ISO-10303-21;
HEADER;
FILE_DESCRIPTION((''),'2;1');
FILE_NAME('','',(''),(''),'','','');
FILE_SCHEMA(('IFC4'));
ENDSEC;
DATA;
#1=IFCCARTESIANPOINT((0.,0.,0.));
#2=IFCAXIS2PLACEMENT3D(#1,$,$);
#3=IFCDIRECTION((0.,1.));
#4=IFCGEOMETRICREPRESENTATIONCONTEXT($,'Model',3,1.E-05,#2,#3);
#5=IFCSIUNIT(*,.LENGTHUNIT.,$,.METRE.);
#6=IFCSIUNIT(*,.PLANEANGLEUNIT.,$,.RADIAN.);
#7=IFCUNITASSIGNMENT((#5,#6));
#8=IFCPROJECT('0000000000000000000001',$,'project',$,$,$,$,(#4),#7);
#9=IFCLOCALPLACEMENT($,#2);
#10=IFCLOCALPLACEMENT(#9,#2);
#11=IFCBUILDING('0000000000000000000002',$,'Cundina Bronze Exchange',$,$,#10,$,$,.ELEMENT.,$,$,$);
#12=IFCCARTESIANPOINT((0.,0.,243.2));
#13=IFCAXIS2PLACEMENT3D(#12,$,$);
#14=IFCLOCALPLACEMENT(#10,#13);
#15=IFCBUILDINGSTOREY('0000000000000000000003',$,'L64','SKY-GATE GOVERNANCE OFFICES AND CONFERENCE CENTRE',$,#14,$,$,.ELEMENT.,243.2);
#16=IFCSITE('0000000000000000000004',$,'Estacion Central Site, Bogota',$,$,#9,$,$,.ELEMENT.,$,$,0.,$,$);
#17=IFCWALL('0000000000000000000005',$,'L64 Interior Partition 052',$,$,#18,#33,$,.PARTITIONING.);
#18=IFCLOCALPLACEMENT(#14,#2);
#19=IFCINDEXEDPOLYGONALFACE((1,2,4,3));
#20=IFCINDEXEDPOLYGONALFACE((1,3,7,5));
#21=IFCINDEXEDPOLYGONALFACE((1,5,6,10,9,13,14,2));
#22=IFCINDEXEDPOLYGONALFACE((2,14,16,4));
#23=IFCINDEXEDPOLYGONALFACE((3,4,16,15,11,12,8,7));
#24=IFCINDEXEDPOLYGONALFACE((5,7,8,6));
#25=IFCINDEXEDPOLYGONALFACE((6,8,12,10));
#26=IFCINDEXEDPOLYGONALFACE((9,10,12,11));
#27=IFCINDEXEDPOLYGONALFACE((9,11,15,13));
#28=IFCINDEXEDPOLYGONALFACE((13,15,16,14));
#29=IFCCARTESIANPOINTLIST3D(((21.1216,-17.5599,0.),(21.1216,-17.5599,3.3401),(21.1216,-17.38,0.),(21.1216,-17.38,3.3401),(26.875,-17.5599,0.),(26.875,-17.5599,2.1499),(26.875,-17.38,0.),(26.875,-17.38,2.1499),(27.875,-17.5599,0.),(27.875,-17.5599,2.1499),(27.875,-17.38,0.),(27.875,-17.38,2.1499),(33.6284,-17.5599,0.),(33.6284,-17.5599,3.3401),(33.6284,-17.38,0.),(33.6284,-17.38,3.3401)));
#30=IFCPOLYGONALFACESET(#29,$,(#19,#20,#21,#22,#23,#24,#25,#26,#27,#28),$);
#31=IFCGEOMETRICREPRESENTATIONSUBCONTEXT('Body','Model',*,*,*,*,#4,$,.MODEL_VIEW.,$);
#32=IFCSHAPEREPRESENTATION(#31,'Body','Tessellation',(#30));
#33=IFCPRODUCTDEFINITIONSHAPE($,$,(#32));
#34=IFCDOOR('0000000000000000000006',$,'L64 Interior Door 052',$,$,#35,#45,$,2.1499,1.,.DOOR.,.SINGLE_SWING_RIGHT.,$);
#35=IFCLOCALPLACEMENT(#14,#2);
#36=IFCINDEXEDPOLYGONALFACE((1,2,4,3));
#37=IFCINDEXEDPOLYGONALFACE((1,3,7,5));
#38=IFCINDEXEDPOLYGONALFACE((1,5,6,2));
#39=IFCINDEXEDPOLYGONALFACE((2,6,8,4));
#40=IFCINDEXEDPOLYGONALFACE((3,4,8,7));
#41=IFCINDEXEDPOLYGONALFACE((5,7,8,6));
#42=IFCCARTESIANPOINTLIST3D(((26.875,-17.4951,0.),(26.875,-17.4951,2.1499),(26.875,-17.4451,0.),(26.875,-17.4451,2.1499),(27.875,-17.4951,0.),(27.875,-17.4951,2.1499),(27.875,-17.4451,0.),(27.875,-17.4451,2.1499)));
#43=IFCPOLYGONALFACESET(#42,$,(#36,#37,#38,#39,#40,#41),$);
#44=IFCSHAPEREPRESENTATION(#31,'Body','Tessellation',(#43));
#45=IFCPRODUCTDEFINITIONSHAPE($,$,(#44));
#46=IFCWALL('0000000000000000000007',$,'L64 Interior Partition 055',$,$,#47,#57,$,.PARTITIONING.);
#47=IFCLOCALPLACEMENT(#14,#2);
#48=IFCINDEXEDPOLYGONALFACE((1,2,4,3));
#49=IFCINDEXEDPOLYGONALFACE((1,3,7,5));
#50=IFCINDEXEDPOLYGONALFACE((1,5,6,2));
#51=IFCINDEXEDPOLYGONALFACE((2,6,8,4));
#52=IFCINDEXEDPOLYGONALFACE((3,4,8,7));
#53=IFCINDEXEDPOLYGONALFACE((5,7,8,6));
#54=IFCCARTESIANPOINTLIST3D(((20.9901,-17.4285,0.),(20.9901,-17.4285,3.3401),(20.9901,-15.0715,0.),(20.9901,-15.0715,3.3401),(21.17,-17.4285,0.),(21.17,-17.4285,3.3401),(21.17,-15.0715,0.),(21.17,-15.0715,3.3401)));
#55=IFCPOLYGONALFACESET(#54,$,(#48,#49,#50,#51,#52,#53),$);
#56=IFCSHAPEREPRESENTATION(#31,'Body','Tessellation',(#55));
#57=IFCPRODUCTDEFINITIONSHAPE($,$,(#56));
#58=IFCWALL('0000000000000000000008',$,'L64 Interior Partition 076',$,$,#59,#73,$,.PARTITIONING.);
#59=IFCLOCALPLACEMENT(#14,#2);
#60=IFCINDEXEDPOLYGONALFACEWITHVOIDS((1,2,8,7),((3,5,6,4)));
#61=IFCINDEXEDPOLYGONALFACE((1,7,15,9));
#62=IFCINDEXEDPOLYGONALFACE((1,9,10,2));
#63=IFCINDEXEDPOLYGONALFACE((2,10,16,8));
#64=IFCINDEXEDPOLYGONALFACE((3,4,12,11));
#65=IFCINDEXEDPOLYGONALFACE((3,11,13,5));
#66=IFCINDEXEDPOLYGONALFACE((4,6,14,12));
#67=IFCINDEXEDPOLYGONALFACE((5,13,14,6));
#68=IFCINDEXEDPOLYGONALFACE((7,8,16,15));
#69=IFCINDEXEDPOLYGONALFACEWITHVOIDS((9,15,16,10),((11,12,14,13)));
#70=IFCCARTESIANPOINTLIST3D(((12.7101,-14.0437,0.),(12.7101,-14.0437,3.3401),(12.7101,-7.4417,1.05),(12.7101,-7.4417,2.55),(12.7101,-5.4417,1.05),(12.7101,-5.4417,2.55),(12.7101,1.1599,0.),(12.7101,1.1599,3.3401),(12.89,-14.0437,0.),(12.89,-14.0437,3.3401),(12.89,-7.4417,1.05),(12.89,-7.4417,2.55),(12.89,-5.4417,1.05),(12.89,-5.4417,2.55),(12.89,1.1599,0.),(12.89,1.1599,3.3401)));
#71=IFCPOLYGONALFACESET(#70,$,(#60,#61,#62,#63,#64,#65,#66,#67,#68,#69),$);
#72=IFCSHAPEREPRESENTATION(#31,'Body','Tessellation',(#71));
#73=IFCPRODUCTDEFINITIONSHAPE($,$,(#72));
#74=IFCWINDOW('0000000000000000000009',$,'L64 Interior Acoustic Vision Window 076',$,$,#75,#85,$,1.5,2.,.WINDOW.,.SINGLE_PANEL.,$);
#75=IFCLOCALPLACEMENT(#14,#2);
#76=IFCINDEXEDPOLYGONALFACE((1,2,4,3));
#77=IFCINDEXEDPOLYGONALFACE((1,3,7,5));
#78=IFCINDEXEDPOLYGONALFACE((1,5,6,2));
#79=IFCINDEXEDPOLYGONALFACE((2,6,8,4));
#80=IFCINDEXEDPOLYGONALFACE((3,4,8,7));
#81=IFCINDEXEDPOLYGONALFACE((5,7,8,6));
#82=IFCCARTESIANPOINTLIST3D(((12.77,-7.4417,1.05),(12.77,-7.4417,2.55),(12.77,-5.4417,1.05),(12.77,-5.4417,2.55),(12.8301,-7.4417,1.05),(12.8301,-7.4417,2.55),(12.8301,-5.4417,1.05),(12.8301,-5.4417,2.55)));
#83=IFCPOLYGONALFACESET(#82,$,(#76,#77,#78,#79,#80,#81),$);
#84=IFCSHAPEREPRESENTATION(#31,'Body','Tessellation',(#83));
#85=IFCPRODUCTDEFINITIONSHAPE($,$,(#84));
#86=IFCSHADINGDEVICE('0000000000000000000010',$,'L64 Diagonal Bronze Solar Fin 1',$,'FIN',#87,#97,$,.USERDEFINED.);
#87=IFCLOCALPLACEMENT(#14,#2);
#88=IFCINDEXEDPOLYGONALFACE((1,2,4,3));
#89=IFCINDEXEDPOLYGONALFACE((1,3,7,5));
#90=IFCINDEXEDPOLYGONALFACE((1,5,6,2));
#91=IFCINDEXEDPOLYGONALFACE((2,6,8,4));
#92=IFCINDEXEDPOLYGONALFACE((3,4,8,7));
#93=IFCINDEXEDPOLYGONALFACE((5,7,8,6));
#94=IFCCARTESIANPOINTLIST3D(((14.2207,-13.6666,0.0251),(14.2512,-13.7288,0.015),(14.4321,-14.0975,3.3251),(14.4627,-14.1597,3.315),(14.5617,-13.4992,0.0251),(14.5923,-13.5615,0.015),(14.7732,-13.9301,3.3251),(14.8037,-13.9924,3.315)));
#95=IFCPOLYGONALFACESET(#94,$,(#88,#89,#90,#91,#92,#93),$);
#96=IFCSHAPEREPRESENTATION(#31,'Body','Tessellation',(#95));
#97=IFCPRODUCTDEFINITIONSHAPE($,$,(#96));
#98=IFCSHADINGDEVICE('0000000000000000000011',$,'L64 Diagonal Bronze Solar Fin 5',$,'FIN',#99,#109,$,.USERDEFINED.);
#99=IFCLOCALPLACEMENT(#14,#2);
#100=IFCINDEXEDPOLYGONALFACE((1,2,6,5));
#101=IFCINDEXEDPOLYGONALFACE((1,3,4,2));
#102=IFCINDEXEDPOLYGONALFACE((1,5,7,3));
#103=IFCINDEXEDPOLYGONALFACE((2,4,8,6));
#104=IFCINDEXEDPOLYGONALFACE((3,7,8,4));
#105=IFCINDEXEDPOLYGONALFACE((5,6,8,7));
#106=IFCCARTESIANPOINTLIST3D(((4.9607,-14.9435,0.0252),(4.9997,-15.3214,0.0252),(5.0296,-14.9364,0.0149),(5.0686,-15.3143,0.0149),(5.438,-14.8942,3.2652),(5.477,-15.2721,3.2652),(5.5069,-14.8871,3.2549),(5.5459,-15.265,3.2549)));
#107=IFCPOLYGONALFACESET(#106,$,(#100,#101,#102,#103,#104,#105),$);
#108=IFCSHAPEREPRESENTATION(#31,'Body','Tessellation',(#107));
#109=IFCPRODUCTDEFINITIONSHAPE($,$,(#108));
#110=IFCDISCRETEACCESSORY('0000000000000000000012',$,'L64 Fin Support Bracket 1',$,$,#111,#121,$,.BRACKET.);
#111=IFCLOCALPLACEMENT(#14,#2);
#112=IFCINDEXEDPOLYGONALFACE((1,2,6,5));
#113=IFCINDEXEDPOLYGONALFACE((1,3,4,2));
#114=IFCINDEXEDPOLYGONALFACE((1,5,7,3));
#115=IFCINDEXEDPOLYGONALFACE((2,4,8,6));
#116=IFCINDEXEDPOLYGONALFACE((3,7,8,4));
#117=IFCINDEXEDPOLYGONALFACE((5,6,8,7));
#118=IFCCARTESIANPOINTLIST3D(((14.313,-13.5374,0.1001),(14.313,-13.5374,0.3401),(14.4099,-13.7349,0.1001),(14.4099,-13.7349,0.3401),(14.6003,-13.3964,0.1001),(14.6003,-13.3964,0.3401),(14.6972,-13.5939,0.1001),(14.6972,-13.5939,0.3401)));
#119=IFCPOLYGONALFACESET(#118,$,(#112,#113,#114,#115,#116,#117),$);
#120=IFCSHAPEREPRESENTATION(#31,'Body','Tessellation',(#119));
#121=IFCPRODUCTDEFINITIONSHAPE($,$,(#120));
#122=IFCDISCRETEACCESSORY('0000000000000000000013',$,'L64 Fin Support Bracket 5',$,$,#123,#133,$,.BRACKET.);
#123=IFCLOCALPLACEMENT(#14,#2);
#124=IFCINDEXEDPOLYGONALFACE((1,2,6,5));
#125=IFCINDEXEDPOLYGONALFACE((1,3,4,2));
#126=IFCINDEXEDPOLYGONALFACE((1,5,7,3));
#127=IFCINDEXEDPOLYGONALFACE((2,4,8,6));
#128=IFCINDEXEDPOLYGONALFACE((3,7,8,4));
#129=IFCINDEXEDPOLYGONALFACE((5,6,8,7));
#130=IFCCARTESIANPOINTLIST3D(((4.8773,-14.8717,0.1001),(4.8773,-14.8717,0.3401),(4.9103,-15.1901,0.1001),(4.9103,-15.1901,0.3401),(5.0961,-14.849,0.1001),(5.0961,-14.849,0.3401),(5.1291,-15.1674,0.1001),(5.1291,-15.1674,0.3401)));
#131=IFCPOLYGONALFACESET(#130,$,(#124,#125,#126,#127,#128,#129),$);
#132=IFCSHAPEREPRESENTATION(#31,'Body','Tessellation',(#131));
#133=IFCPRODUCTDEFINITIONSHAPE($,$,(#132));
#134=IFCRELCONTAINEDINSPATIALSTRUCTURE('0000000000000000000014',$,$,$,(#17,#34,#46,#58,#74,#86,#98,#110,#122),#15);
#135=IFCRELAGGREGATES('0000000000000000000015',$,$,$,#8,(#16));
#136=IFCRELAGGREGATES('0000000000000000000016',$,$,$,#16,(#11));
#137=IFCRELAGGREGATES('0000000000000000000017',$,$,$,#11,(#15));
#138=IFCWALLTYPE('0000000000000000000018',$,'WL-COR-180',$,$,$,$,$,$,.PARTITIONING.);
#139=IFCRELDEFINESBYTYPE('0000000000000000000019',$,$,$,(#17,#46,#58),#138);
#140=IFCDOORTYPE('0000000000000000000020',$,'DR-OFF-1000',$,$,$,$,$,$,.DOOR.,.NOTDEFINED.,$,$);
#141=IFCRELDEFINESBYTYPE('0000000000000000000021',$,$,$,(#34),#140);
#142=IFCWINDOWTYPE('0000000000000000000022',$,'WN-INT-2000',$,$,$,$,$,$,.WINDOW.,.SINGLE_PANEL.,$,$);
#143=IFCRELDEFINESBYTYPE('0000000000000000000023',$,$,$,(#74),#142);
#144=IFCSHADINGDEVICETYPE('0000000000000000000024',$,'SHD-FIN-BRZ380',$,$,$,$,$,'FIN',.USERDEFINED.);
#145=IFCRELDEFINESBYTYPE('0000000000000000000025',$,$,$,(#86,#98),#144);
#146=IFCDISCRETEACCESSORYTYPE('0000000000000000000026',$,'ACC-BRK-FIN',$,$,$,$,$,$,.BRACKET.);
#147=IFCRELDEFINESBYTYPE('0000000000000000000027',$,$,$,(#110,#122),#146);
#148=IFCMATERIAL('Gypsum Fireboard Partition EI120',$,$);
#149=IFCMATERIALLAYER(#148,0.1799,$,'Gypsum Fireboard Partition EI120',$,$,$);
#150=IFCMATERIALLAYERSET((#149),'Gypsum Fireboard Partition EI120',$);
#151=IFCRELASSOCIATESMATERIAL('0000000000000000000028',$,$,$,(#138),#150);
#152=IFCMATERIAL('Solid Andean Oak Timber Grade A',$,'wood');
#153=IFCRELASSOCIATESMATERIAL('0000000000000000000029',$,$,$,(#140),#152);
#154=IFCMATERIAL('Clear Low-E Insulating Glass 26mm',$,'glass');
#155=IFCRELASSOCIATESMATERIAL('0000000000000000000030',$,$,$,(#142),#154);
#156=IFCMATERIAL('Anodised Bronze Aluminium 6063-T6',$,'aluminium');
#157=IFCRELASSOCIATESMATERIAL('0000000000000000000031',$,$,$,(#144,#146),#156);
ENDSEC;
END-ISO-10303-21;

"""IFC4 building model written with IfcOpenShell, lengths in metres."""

from ifc_helpers import new_model, si_unit, direction, frame, frame_2d, origin, origin_2d, place, context, subcontext, project, spatial, rectangle, extrude, material, layer, layer_set, material_profile, profile_set, type_object, element, fill, save


model = new_model("IFC4")

# Units and contexts
model_context = context("Model", 3, precision=1e-05, world=origin(), true_north=direction((0.0, 1.0)))
body_context = subcontext(model_context, "Body", "Model", "MODEL_VIEW")
ifc_project = project(units=[si_unit("LENGTHUNIT", "METRE"), si_unit("PLANEANGLEUNIT", "RADIAN")], contexts=[model_context])

# Site, building, storey
site_placement = place(None, origin())
site = spatial("IfcSite", under=ifc_project, at=site_placement, Name="Estacion Central Site, Bogota", CompositionType="ELEMENT", RefElevation=0.0)
building_placement = place(site_placement, origin())
building = spatial("IfcBuilding", under=site, at=building_placement, Name="Cundina Bronze Exchange", CompositionType="ELEMENT")
storey_placement = place(building_placement, frame((0.0, 0.0, 243.2)))
storey = spatial("IfcBuildingStorey", under=building, at=storey_placement, Name="L64", Description="SKY-GATE GOVERNANCE OFFICES AND CONFERENCE CENTRE", CompositionType="ELEMENT", Elevation=243.2)

# Shared definitions
ifc_material_1 = material(Name="Anodised Bronze Aluminium 6063-T6", Category="aluminium")

# Shared definitions
ifc_material_2 = material(Name="Gypsum Fireboard Partition EI120")
ifc_layer_1 = layer(ifc_material_2, 0.1799, Name="Gypsum Fireboard Partition EI120")
ifc_layer_set_1 = layer_set([ifc_layer_1], Name="Gypsum Fireboard Partition EI120")
wall_type = type_object("IfcWallType", Name="WL-COR-180", PredefinedType="PARTITIONING", material=ifc_layer_set_1)

# Wall, opening, door
wall_1_placement = place(storey_placement, frame((21.1216, -17.47, 0.0), z_axis=(0.0, 0.0, 1.0), x_axis=(1.0, 0.0, 0.0)))
wall_1 = element("IfcWall", 1, at=wall_1_placement, inside=storey, type_object=wall_type, Name="L64 Interior Partition 052", PredefinedType="PARTITIONING", context=body_context, shape_type="SweptSolid", body=[
    extrude(rectangle(XDim=12.5068, YDim=0.1799, at=frame_2d((6.2534, 0.0))), origin(), (0.0, 0.0, 1.0), 3.3401),
])
opening_1_placement = place(wall_1_placement, frame((5.7534, 0.0, 0.0)))
opening_1 = element("IfcOpeningElement", 2, at=opening_1_placement, cuts=wall_1, PredefinedType="OPENING", context=body_context, shape_type="SweptSolid", body=[
    extrude(rectangle(XDim=1.0, YDim=2.1499, at=frame_2d((0.5, 1.075))), frame((0.0, 0.0999, 0.0), z_axis=(0.0, -1.0, 0.0), x_axis=(1.0, 0.0, 0.0)), (0.0, 0.0, 1.0), 0.2),
])
ifc_material_3 = material(Name="Solid Andean Oak Timber Grade A", Category="wood")
door_type = type_object("IfcDoorType", Name="DR-OFF-1000", OperationType="NOTDEFINED", PredefinedType="DOOR", material=ifc_material_3)
door_placement = place(opening_1_placement, origin())
door = element("IfcDoor", 3, at=door_placement, inside=storey, type_object=door_type, Name="L64 Interior Door 052", OperationType="SINGLE_SWING_RIGHT", OverallHeight=2.1499, OverallWidth=1.0, PredefinedType="DOOR", context=body_context, shape_type="SweptSolid", body=[
    extrude(rectangle(XDim=1.0, YDim=2.1499, at=frame_2d((0.5, 1.075))), frame((0.0, 0.0249, 0.0), z_axis=(0.0, -1.0, 0.0), x_axis=(1.0, 0.0, 0.0)), (0.0, 0.0, 1.0), 0.05),
])
fill(opening_1, door)

# Wall
wall_2_placement = place(storey_placement, frame((21.0801, -15.0715, 0.0), z_axis=(0.0, 0.0, 1.0), x_axis=(0.0, -1.0, 0.0)))
element("IfcWall", 4, at=wall_2_placement, inside=storey, type_object=wall_type, Name="L64 Interior Partition 055", PredefinedType="PARTITIONING", context=body_context, shape_type="SweptSolid", body=[
    extrude(rectangle(XDim=2.3569, YDim=0.1799, at=frame_2d((1.1785, 0.0))), origin(), (0.0, 0.0, 1.0), 3.3401),
])

# Wall, opening, window
wall_3_placement = place(storey_placement, frame((12.8, -14.0437, 0.0), z_axis=(0.0, 0.0, 1.0), x_axis=(0.0, 1.0, 0.0)))
wall_3 = element("IfcWall", 5, at=wall_3_placement, inside=storey, type_object=wall_type, Name="L64 Interior Partition 076", PredefinedType="PARTITIONING", context=body_context, shape_type="SweptSolid", body=[
    extrude(rectangle(XDim=15.2036, YDim=0.1799, at=frame_2d((7.6018, 0.0))), origin(), (0.0, 0.0, 1.0), 3.3401),
])
opening_2_placement = place(wall_3_placement, frame((6.6021, 0.0, 1.05)))
opening_2 = element("IfcOpeningElement", 6, at=opening_2_placement, cuts=wall_3, PredefinedType="OPENING", context=body_context, shape_type="SweptSolid", body=[
    extrude(rectangle(XDim=2.0, YDim=1.5, at=frame_2d((1.0, 0.75))), frame((0.0, 0.0999, 0.0), z_axis=(0.0, -1.0, 0.0), x_axis=(1.0, 0.0, 0.0)), (0.0, 0.0, 1.0), 0.2),
])
ifc_material_4 = material(Name="Clear Low-E Insulating Glass 26mm", Category="glass")
window_type = type_object("IfcWindowType", Name="WN-INT-2000", PartitioningType="SINGLE_PANEL", PredefinedType="WINDOW", material=ifc_material_4)
window_placement = place(opening_2_placement, origin())
window = element("IfcWindow", 7, at=window_placement, inside=storey, type_object=window_type, Name="L64 Interior Acoustic Vision Window 076", OverallHeight=1.5, OverallWidth=2.0, PartitioningType="SINGLE_PANEL", PredefinedType="WINDOW", context=body_context, shape_type="SweptSolid", body=[
    extrude(rectangle(XDim=2.0, YDim=1.5, at=frame_2d((1.0, 0.75))), frame((0.0, 0.03, 0.0), z_axis=(0.0, -1.0, 0.0), x_axis=(1.0, 0.0, 0.0)), (0.0, 0.0, 1.0), 0.0601),
])
fill(opening_2, window)

# Shading devices
ifc_material_profile_1 = material_profile(ifc_material_1, rectangle(XDim=0.0701, YDim=0.3799, at=origin_2d()), Name="FIN70X380", Category="aluminium")
ifc_profile_set_1 = profile_set([ifc_material_profile_1], Name="Anodised Bronze Aluminium 6063-T6")
shading_device_type = type_object("IfcShadingDeviceType", Name="SHD-FIN-BRZ380", ElementType="FIN", PredefinedType="USERDEFINED", material=ifc_profile_set_1)
shading_device_1_placement = place(storey_placement, frame((14.4065, -13.614, 0.02), z_axis=(0.0634, -0.129217, 0.989588), x_axis=(-0.4359, 0.888411, 0.143932)))
element("IfcShadingDevice", 8, at=shading_device_1_placement, inside=storey, type_object=shading_device_type, Name="L64 Diagonal Bronze Solar Fin 1", ObjectType="FIN", PredefinedType="USERDEFINED", context=body_context, shape_type="SweptSolid", body=[
    extrude(rectangle(XDim=0.0701, YDim=0.3799, at=origin_2d()), origin(), (0.0, 0.0, 1.0), 3.3347),
])
shading_device_2_placement = place(storey_placement, frame((5.0146, -15.1289, 0.02), z_axis=(0.145724, 0.015057, 0.989211), x_axis=(-0.983972, -0.101669, 0.1465)))
element("IfcShadingDevice", 9, at=shading_device_2_placement, inside=storey, type_object=shading_device_type, Name="L64 Diagonal Bronze Solar Fin 5", ObjectType="FIN", PredefinedType="USERDEFINED", context=body_context, shape_type="SweptSolid", body=[
    extrude(rectangle(XDim=0.0701, YDim=0.3799, at=origin_2d()), origin(), (0.0, 0.0, 1.0), 3.2754),
])

# Discrete accessories
discrete_accessory_type = type_object("IfcDiscreteAccessoryType", Name="ACC-BRK-FIN", PredefinedType="BRACKET", material=ifc_material_1)
for number, where, z_axis, x_axis, name in (
    (10, (14.5051, -13.5657, 0.1001), (0.0, 0.0, 1.0), (0.440503, -0.897751, 0.0), "L64 Fin Support Bracket 1"),
    (11, (5.0032, -15.0195, 0.1001), (0.0, 0.0, 1.0), (0.994672, 0.103088, 0.0), "L64 Fin Support Bracket 5"),
):
    element("IfcDiscreteAccessory", number, at=place(storey_placement, frame(where, z_axis=z_axis, x_axis=x_axis)), inside=storey, type_object=discrete_accessory_type, Name=name, PredefinedType="BRACKET", context=body_context, shape_type="SweptSolid", body=[
        extrude(rectangle(XDim=0.22, YDim=0.3201, at=origin_2d()), origin(), (0.0, 0.0, 1.0), 0.24),
    ])

save(model, "model.ifc")
